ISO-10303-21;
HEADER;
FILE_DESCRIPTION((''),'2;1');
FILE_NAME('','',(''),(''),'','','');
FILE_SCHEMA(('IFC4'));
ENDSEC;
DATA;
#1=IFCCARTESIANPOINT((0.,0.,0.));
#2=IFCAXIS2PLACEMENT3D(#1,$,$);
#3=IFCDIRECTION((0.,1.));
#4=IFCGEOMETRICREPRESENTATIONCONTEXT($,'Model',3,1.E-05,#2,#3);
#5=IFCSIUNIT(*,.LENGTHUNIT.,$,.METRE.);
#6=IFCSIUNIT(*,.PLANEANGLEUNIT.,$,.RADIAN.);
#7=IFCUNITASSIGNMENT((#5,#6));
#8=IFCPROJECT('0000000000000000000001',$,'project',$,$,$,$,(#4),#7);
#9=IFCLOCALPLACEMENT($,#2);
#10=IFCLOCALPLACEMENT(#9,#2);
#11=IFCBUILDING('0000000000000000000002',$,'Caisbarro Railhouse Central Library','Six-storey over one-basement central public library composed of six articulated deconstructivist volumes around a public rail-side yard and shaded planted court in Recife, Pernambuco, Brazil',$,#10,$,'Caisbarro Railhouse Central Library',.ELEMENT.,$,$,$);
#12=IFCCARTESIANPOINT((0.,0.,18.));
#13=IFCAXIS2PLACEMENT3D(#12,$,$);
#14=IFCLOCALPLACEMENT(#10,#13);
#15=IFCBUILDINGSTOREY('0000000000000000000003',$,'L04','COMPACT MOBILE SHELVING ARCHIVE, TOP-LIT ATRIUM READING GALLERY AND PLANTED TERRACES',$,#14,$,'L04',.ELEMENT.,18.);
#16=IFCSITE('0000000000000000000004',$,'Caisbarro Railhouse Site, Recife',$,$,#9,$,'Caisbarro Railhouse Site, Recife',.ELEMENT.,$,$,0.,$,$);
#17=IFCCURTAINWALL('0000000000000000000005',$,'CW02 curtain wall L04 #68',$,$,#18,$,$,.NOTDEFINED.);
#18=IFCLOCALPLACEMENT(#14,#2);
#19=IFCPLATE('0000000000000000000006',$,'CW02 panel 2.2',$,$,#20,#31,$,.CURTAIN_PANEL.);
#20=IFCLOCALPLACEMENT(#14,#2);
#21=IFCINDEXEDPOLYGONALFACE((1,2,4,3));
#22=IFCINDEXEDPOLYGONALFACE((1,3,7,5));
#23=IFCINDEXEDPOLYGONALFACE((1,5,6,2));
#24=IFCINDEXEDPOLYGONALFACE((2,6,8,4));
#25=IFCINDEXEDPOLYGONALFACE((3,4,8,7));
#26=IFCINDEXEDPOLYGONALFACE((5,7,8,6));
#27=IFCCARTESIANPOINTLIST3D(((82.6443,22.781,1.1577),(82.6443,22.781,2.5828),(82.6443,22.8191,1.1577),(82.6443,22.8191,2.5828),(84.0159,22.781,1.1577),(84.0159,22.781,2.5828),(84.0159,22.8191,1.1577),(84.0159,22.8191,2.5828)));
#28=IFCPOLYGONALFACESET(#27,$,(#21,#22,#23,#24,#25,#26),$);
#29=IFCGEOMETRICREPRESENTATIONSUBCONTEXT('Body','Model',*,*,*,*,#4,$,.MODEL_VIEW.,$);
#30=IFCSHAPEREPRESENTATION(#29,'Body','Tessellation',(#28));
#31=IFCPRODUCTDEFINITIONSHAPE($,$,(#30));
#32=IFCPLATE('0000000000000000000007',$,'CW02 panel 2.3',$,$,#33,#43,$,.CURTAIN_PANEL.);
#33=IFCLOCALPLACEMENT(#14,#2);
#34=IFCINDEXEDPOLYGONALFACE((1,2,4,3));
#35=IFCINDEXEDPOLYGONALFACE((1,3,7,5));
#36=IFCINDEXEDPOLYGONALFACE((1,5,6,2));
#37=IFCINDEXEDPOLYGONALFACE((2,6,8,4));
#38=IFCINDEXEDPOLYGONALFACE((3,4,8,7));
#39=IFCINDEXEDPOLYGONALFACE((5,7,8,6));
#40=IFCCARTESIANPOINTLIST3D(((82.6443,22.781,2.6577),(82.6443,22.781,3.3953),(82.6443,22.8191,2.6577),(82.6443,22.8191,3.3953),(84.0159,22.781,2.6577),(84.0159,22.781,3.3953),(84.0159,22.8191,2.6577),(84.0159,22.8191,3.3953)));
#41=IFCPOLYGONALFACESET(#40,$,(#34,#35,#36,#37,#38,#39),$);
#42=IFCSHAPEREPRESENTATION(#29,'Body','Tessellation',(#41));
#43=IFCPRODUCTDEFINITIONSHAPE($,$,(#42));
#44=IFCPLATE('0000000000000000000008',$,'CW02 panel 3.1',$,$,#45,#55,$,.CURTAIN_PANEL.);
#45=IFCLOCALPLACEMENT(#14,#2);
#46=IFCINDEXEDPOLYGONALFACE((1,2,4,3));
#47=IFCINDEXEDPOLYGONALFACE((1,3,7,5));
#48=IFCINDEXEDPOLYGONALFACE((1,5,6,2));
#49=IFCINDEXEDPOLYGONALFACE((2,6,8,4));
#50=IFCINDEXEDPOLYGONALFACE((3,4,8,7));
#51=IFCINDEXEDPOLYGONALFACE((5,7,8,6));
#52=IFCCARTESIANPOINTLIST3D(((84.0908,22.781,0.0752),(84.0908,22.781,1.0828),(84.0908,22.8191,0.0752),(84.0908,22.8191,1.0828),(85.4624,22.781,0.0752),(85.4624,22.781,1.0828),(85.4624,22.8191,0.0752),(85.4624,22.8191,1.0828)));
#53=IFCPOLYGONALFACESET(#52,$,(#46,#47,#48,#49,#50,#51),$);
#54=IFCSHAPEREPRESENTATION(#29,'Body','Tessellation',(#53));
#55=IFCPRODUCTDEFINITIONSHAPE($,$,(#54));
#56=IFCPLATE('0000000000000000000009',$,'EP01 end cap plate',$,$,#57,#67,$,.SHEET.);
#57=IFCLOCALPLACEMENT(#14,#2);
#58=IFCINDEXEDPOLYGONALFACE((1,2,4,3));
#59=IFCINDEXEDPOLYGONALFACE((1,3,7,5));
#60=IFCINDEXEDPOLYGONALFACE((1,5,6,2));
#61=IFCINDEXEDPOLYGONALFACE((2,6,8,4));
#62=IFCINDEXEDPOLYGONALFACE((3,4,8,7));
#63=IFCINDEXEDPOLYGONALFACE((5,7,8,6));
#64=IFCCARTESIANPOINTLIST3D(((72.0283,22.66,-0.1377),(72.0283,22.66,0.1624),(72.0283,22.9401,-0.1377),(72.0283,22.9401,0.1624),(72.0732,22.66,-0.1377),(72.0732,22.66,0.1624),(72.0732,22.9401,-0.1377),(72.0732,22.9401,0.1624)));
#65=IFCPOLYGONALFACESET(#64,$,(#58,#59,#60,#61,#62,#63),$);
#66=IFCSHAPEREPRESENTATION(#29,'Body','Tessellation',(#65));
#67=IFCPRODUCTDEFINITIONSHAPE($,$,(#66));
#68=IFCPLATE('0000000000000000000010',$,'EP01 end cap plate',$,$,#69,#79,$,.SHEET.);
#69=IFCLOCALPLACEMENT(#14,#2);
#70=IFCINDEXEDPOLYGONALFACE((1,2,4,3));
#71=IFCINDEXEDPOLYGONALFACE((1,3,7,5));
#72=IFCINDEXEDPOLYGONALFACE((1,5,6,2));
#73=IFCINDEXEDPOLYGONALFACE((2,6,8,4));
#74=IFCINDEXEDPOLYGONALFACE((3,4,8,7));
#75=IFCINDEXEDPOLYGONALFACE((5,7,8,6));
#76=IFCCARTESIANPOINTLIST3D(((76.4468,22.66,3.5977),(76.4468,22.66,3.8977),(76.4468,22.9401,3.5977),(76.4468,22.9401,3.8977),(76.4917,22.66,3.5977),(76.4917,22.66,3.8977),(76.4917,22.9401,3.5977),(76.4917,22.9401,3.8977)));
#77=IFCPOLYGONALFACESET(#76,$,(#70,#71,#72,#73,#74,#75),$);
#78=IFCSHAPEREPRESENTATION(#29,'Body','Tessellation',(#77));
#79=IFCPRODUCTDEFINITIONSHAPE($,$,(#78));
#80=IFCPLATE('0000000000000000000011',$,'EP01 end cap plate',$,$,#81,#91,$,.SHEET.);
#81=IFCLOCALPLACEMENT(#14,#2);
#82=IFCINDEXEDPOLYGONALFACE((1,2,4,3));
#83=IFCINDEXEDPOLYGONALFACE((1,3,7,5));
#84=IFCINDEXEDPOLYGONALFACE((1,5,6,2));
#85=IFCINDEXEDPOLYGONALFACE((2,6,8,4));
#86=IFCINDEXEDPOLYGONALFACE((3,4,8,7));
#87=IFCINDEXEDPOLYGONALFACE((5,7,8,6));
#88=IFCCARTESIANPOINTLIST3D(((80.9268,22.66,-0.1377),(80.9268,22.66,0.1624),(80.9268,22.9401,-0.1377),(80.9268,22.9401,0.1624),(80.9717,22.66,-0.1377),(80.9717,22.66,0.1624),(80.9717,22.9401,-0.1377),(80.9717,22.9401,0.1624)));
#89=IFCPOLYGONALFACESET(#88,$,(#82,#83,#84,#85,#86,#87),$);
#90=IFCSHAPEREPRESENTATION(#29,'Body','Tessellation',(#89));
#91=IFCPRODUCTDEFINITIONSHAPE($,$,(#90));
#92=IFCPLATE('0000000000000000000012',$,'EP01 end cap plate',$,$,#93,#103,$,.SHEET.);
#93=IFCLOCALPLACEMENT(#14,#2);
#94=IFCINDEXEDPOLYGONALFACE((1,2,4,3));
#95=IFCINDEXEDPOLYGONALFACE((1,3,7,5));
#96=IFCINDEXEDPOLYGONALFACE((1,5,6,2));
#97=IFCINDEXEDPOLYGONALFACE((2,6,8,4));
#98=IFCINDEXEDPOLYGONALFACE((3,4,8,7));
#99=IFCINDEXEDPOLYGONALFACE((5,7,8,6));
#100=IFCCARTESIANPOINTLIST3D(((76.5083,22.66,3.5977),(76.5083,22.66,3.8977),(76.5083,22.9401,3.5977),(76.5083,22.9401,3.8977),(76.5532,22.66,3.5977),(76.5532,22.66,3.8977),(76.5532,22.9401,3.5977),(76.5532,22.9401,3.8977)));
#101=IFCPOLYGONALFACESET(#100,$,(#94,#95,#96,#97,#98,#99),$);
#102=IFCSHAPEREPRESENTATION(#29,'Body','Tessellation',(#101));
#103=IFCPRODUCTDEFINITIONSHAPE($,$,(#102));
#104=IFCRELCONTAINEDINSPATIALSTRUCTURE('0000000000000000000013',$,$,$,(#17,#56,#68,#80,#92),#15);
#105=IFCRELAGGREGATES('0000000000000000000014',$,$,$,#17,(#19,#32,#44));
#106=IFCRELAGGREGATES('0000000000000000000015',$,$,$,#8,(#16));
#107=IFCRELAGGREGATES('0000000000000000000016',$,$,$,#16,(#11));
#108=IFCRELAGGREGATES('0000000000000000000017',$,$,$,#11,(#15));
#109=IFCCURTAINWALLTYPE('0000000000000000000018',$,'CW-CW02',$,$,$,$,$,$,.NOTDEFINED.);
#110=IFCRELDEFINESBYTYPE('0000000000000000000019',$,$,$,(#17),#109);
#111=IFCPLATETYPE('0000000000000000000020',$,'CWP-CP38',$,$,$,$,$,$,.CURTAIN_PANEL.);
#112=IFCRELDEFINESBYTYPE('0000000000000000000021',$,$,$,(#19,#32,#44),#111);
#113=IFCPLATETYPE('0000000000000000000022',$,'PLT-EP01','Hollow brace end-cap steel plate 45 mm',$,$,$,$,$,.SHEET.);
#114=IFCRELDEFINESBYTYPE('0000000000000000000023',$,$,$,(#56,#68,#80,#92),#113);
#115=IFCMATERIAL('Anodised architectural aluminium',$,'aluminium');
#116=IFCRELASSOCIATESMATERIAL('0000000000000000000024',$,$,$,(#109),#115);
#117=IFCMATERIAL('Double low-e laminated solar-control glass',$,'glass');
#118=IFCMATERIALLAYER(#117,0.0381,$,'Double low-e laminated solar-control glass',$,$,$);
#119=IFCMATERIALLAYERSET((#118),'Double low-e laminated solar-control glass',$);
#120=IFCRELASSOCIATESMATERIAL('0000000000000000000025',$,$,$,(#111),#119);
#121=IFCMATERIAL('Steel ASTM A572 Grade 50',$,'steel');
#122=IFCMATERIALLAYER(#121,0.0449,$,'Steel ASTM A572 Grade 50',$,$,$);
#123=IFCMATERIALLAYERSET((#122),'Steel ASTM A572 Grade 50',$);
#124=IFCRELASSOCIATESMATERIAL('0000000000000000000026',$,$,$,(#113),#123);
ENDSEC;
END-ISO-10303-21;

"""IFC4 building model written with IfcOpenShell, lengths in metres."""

from ifc_helpers import new_model, si_unit, direction, frame, origin, origin_2d, place, context, subcontext, project, spatial, rectangle, extrude, material, layer, layer_set, type_object, element, aggregate, save


model = new_model("IFC4")

# Units and contexts
model_context = context("Model", 3, precision=1e-05, world=origin(), true_north=direction((0.0, 1.0)))
body_context = subcontext(model_context, "Body", "Model", "MODEL_VIEW")
ifc_project = project(units=[si_unit("LENGTHUNIT", "METRE"), si_unit("PLANEANGLEUNIT", "RADIAN")], contexts=[model_context])

# Site, building, storey
site_placement = place(None, origin())
site = spatial("IfcSite", under=ifc_project, at=site_placement, Name="Caisbarro Railhouse Site, Recife", LongName="Caisbarro Railhouse Site, Recife", CompositionType="ELEMENT", RefElevation=0.0)
building_placement = place(site_placement, origin())
building = spatial("IfcBuilding", under=site, at=building_placement, Name="Caisbarro Railhouse Central Library", Description="Six-storey over one-basement central public library composed of six articulated deconstructivist volumes around a public rail-side yard and shaded planted court in Recife, Pernambuco, Brazil", LongName="Caisbarro Railhouse Central Library", CompositionType="ELEMENT")
storey_placement = place(building_placement, frame((0.0, 0.0, 18.0)))
storey = spatial("IfcBuildingStorey", under=building, at=storey_placement, Name="L04", Description="COMPACT MOBILE SHELVING ARCHIVE, TOP-LIT ATRIUM READING GALLERY AND PLANTED TERRACES", LongName="L04", CompositionType="ELEMENT", Elevation=18.0)

# Shared definitions
ifc_material_1 = material(Name="Steel ASTM A572 Grade 50", Category="steel")

# Shared definitions
ifc_material_2 = material(Name="Anodised architectural aluminium", Category="aluminium")
curtain_wall_type = type_object("IfcCurtainWallType", Name="CW-CW02", PredefinedType="NOTDEFINED", material=ifc_material_2)

# Curtain wall
curtain_wall_1_placement = place(storey_placement, origin())
curtain_wall_1 = element("IfcCurtainWall", 1, at=curtain_wall_1_placement, inside=storey, type_object=curtain_wall_type, Name="CW02 curtain wall L04 #68", PredefinedType="NOTDEFINED")

# Plates
ifc_material_3 = material(Name="Double low-e laminated solar-control glass", Category="glass")
ifc_layer_1 = layer(ifc_material_3, 0.0381, Name="Double low-e laminated solar-control glass")
ifc_layer_set_1 = layer_set([ifc_layer_1], Name="Double low-e laminated solar-control glass")
plate_type_1 = type_object("IfcPlateType", Name="CWP-CP38", PredefinedType="CURTAIN_PANEL", material=ifc_layer_set_1)
plate_1_placement = place(storey_placement, frame((83.3301, 22.8, 1.1577), z_axis=(0.0, 0.0, 1.0), x_axis=(1.0, 0.0, 0.0)))
plate_1 = element("IfcPlate", 2, at=plate_1_placement, type_object=plate_type_1, Name="CW02 panel 2.2", PredefinedType="CURTAIN_PANEL", context=body_context, shape_type="SweptSolid", body=[
    extrude(rectangle(XDim=1.3716, YDim=0.0381, at=origin_2d()), origin(), (0.0, 0.0, 1.0), 1.425),
])
plate_2_placement = place(storey_placement, frame((83.3301, 22.8, 2.6577), z_axis=(0.0, 0.0, 1.0), x_axis=(1.0, 0.0, 0.0)))
plate_2 = element("IfcPlate", 3, at=plate_2_placement, type_object=plate_type_1, Name="CW02 panel 2.3", PredefinedType="CURTAIN_PANEL", context=body_context, shape_type="SweptSolid", body=[
    extrude(rectangle(XDim=1.3716, YDim=0.0381, at=origin_2d()), origin(), (0.0, 0.0, 1.0), 0.7375),
])
plate_3_placement = place(storey_placement, frame((84.7766, 22.8, 0.0752), z_axis=(0.0, 0.0, 1.0), x_axis=(1.0, 0.0, 0.0)))
plate_3 = element("IfcPlate", 4, at=plate_3_placement, type_object=plate_type_1, Name="CW02 panel 3.1", PredefinedType="CURTAIN_PANEL", context=body_context, shape_type="SweptSolid", body=[
    extrude(rectangle(XDim=1.3716, YDim=0.0381, at=origin_2d()), origin(), (0.0, 0.0, 1.0), 1.0076),
])
aggregate(curtain_wall_1, [plate_1, plate_2, plate_3])

# Plates
ifc_layer_2 = layer(ifc_material_1, 0.0449, Name="Steel ASTM A572 Grade 50")
ifc_layer_set_2 = layer_set([ifc_layer_2], Name="Steel ASTM A572 Grade 50")
plate_type_2 = type_object("IfcPlateType", Name="PLT-EP01", Description="Hollow brace end-cap steel plate 45 mm", PredefinedType="SHEET", material=ifc_layer_set_2)
for number, where, z_axis, x_axis, name in (
    (5, (72.0508, 22.8, -0.1377), (0.0, 0.0, 1.0), (1.0, 0.0, 0.0), "EP01 end cap plate"),
    (6, (76.4692, 22.8, 3.5977), (0.0, 0.0, 1.0), (1.0, 0.0, 0.0), "EP01 end cap plate"),
    (7, (80.9492, 22.8, -0.1377), (0.0, 0.0, 1.0), (-1.0, 0.0, 0.0), "EP01 end cap plate"),
    (8, (76.5308, 22.8, 3.5977), (0.0, 0.0, 1.0), (-1.0, 0.0, 0.0), "EP01 end cap plate"),
):
    element("IfcPlate", number, at=place(storey_placement, frame(where, z_axis=z_axis, x_axis=x_axis)), inside=storey, type_object=plate_type_2, Name=name, PredefinedType="SHEET", context=body_context, shape_type="SweptSolid", body=[
        extrude(rectangle(XDim=0.0449, YDim=0.28, at=origin_2d()), origin(), (0.0, 0.0, 1.0), 0.3),
    ])

save(model, "model.ifc")
